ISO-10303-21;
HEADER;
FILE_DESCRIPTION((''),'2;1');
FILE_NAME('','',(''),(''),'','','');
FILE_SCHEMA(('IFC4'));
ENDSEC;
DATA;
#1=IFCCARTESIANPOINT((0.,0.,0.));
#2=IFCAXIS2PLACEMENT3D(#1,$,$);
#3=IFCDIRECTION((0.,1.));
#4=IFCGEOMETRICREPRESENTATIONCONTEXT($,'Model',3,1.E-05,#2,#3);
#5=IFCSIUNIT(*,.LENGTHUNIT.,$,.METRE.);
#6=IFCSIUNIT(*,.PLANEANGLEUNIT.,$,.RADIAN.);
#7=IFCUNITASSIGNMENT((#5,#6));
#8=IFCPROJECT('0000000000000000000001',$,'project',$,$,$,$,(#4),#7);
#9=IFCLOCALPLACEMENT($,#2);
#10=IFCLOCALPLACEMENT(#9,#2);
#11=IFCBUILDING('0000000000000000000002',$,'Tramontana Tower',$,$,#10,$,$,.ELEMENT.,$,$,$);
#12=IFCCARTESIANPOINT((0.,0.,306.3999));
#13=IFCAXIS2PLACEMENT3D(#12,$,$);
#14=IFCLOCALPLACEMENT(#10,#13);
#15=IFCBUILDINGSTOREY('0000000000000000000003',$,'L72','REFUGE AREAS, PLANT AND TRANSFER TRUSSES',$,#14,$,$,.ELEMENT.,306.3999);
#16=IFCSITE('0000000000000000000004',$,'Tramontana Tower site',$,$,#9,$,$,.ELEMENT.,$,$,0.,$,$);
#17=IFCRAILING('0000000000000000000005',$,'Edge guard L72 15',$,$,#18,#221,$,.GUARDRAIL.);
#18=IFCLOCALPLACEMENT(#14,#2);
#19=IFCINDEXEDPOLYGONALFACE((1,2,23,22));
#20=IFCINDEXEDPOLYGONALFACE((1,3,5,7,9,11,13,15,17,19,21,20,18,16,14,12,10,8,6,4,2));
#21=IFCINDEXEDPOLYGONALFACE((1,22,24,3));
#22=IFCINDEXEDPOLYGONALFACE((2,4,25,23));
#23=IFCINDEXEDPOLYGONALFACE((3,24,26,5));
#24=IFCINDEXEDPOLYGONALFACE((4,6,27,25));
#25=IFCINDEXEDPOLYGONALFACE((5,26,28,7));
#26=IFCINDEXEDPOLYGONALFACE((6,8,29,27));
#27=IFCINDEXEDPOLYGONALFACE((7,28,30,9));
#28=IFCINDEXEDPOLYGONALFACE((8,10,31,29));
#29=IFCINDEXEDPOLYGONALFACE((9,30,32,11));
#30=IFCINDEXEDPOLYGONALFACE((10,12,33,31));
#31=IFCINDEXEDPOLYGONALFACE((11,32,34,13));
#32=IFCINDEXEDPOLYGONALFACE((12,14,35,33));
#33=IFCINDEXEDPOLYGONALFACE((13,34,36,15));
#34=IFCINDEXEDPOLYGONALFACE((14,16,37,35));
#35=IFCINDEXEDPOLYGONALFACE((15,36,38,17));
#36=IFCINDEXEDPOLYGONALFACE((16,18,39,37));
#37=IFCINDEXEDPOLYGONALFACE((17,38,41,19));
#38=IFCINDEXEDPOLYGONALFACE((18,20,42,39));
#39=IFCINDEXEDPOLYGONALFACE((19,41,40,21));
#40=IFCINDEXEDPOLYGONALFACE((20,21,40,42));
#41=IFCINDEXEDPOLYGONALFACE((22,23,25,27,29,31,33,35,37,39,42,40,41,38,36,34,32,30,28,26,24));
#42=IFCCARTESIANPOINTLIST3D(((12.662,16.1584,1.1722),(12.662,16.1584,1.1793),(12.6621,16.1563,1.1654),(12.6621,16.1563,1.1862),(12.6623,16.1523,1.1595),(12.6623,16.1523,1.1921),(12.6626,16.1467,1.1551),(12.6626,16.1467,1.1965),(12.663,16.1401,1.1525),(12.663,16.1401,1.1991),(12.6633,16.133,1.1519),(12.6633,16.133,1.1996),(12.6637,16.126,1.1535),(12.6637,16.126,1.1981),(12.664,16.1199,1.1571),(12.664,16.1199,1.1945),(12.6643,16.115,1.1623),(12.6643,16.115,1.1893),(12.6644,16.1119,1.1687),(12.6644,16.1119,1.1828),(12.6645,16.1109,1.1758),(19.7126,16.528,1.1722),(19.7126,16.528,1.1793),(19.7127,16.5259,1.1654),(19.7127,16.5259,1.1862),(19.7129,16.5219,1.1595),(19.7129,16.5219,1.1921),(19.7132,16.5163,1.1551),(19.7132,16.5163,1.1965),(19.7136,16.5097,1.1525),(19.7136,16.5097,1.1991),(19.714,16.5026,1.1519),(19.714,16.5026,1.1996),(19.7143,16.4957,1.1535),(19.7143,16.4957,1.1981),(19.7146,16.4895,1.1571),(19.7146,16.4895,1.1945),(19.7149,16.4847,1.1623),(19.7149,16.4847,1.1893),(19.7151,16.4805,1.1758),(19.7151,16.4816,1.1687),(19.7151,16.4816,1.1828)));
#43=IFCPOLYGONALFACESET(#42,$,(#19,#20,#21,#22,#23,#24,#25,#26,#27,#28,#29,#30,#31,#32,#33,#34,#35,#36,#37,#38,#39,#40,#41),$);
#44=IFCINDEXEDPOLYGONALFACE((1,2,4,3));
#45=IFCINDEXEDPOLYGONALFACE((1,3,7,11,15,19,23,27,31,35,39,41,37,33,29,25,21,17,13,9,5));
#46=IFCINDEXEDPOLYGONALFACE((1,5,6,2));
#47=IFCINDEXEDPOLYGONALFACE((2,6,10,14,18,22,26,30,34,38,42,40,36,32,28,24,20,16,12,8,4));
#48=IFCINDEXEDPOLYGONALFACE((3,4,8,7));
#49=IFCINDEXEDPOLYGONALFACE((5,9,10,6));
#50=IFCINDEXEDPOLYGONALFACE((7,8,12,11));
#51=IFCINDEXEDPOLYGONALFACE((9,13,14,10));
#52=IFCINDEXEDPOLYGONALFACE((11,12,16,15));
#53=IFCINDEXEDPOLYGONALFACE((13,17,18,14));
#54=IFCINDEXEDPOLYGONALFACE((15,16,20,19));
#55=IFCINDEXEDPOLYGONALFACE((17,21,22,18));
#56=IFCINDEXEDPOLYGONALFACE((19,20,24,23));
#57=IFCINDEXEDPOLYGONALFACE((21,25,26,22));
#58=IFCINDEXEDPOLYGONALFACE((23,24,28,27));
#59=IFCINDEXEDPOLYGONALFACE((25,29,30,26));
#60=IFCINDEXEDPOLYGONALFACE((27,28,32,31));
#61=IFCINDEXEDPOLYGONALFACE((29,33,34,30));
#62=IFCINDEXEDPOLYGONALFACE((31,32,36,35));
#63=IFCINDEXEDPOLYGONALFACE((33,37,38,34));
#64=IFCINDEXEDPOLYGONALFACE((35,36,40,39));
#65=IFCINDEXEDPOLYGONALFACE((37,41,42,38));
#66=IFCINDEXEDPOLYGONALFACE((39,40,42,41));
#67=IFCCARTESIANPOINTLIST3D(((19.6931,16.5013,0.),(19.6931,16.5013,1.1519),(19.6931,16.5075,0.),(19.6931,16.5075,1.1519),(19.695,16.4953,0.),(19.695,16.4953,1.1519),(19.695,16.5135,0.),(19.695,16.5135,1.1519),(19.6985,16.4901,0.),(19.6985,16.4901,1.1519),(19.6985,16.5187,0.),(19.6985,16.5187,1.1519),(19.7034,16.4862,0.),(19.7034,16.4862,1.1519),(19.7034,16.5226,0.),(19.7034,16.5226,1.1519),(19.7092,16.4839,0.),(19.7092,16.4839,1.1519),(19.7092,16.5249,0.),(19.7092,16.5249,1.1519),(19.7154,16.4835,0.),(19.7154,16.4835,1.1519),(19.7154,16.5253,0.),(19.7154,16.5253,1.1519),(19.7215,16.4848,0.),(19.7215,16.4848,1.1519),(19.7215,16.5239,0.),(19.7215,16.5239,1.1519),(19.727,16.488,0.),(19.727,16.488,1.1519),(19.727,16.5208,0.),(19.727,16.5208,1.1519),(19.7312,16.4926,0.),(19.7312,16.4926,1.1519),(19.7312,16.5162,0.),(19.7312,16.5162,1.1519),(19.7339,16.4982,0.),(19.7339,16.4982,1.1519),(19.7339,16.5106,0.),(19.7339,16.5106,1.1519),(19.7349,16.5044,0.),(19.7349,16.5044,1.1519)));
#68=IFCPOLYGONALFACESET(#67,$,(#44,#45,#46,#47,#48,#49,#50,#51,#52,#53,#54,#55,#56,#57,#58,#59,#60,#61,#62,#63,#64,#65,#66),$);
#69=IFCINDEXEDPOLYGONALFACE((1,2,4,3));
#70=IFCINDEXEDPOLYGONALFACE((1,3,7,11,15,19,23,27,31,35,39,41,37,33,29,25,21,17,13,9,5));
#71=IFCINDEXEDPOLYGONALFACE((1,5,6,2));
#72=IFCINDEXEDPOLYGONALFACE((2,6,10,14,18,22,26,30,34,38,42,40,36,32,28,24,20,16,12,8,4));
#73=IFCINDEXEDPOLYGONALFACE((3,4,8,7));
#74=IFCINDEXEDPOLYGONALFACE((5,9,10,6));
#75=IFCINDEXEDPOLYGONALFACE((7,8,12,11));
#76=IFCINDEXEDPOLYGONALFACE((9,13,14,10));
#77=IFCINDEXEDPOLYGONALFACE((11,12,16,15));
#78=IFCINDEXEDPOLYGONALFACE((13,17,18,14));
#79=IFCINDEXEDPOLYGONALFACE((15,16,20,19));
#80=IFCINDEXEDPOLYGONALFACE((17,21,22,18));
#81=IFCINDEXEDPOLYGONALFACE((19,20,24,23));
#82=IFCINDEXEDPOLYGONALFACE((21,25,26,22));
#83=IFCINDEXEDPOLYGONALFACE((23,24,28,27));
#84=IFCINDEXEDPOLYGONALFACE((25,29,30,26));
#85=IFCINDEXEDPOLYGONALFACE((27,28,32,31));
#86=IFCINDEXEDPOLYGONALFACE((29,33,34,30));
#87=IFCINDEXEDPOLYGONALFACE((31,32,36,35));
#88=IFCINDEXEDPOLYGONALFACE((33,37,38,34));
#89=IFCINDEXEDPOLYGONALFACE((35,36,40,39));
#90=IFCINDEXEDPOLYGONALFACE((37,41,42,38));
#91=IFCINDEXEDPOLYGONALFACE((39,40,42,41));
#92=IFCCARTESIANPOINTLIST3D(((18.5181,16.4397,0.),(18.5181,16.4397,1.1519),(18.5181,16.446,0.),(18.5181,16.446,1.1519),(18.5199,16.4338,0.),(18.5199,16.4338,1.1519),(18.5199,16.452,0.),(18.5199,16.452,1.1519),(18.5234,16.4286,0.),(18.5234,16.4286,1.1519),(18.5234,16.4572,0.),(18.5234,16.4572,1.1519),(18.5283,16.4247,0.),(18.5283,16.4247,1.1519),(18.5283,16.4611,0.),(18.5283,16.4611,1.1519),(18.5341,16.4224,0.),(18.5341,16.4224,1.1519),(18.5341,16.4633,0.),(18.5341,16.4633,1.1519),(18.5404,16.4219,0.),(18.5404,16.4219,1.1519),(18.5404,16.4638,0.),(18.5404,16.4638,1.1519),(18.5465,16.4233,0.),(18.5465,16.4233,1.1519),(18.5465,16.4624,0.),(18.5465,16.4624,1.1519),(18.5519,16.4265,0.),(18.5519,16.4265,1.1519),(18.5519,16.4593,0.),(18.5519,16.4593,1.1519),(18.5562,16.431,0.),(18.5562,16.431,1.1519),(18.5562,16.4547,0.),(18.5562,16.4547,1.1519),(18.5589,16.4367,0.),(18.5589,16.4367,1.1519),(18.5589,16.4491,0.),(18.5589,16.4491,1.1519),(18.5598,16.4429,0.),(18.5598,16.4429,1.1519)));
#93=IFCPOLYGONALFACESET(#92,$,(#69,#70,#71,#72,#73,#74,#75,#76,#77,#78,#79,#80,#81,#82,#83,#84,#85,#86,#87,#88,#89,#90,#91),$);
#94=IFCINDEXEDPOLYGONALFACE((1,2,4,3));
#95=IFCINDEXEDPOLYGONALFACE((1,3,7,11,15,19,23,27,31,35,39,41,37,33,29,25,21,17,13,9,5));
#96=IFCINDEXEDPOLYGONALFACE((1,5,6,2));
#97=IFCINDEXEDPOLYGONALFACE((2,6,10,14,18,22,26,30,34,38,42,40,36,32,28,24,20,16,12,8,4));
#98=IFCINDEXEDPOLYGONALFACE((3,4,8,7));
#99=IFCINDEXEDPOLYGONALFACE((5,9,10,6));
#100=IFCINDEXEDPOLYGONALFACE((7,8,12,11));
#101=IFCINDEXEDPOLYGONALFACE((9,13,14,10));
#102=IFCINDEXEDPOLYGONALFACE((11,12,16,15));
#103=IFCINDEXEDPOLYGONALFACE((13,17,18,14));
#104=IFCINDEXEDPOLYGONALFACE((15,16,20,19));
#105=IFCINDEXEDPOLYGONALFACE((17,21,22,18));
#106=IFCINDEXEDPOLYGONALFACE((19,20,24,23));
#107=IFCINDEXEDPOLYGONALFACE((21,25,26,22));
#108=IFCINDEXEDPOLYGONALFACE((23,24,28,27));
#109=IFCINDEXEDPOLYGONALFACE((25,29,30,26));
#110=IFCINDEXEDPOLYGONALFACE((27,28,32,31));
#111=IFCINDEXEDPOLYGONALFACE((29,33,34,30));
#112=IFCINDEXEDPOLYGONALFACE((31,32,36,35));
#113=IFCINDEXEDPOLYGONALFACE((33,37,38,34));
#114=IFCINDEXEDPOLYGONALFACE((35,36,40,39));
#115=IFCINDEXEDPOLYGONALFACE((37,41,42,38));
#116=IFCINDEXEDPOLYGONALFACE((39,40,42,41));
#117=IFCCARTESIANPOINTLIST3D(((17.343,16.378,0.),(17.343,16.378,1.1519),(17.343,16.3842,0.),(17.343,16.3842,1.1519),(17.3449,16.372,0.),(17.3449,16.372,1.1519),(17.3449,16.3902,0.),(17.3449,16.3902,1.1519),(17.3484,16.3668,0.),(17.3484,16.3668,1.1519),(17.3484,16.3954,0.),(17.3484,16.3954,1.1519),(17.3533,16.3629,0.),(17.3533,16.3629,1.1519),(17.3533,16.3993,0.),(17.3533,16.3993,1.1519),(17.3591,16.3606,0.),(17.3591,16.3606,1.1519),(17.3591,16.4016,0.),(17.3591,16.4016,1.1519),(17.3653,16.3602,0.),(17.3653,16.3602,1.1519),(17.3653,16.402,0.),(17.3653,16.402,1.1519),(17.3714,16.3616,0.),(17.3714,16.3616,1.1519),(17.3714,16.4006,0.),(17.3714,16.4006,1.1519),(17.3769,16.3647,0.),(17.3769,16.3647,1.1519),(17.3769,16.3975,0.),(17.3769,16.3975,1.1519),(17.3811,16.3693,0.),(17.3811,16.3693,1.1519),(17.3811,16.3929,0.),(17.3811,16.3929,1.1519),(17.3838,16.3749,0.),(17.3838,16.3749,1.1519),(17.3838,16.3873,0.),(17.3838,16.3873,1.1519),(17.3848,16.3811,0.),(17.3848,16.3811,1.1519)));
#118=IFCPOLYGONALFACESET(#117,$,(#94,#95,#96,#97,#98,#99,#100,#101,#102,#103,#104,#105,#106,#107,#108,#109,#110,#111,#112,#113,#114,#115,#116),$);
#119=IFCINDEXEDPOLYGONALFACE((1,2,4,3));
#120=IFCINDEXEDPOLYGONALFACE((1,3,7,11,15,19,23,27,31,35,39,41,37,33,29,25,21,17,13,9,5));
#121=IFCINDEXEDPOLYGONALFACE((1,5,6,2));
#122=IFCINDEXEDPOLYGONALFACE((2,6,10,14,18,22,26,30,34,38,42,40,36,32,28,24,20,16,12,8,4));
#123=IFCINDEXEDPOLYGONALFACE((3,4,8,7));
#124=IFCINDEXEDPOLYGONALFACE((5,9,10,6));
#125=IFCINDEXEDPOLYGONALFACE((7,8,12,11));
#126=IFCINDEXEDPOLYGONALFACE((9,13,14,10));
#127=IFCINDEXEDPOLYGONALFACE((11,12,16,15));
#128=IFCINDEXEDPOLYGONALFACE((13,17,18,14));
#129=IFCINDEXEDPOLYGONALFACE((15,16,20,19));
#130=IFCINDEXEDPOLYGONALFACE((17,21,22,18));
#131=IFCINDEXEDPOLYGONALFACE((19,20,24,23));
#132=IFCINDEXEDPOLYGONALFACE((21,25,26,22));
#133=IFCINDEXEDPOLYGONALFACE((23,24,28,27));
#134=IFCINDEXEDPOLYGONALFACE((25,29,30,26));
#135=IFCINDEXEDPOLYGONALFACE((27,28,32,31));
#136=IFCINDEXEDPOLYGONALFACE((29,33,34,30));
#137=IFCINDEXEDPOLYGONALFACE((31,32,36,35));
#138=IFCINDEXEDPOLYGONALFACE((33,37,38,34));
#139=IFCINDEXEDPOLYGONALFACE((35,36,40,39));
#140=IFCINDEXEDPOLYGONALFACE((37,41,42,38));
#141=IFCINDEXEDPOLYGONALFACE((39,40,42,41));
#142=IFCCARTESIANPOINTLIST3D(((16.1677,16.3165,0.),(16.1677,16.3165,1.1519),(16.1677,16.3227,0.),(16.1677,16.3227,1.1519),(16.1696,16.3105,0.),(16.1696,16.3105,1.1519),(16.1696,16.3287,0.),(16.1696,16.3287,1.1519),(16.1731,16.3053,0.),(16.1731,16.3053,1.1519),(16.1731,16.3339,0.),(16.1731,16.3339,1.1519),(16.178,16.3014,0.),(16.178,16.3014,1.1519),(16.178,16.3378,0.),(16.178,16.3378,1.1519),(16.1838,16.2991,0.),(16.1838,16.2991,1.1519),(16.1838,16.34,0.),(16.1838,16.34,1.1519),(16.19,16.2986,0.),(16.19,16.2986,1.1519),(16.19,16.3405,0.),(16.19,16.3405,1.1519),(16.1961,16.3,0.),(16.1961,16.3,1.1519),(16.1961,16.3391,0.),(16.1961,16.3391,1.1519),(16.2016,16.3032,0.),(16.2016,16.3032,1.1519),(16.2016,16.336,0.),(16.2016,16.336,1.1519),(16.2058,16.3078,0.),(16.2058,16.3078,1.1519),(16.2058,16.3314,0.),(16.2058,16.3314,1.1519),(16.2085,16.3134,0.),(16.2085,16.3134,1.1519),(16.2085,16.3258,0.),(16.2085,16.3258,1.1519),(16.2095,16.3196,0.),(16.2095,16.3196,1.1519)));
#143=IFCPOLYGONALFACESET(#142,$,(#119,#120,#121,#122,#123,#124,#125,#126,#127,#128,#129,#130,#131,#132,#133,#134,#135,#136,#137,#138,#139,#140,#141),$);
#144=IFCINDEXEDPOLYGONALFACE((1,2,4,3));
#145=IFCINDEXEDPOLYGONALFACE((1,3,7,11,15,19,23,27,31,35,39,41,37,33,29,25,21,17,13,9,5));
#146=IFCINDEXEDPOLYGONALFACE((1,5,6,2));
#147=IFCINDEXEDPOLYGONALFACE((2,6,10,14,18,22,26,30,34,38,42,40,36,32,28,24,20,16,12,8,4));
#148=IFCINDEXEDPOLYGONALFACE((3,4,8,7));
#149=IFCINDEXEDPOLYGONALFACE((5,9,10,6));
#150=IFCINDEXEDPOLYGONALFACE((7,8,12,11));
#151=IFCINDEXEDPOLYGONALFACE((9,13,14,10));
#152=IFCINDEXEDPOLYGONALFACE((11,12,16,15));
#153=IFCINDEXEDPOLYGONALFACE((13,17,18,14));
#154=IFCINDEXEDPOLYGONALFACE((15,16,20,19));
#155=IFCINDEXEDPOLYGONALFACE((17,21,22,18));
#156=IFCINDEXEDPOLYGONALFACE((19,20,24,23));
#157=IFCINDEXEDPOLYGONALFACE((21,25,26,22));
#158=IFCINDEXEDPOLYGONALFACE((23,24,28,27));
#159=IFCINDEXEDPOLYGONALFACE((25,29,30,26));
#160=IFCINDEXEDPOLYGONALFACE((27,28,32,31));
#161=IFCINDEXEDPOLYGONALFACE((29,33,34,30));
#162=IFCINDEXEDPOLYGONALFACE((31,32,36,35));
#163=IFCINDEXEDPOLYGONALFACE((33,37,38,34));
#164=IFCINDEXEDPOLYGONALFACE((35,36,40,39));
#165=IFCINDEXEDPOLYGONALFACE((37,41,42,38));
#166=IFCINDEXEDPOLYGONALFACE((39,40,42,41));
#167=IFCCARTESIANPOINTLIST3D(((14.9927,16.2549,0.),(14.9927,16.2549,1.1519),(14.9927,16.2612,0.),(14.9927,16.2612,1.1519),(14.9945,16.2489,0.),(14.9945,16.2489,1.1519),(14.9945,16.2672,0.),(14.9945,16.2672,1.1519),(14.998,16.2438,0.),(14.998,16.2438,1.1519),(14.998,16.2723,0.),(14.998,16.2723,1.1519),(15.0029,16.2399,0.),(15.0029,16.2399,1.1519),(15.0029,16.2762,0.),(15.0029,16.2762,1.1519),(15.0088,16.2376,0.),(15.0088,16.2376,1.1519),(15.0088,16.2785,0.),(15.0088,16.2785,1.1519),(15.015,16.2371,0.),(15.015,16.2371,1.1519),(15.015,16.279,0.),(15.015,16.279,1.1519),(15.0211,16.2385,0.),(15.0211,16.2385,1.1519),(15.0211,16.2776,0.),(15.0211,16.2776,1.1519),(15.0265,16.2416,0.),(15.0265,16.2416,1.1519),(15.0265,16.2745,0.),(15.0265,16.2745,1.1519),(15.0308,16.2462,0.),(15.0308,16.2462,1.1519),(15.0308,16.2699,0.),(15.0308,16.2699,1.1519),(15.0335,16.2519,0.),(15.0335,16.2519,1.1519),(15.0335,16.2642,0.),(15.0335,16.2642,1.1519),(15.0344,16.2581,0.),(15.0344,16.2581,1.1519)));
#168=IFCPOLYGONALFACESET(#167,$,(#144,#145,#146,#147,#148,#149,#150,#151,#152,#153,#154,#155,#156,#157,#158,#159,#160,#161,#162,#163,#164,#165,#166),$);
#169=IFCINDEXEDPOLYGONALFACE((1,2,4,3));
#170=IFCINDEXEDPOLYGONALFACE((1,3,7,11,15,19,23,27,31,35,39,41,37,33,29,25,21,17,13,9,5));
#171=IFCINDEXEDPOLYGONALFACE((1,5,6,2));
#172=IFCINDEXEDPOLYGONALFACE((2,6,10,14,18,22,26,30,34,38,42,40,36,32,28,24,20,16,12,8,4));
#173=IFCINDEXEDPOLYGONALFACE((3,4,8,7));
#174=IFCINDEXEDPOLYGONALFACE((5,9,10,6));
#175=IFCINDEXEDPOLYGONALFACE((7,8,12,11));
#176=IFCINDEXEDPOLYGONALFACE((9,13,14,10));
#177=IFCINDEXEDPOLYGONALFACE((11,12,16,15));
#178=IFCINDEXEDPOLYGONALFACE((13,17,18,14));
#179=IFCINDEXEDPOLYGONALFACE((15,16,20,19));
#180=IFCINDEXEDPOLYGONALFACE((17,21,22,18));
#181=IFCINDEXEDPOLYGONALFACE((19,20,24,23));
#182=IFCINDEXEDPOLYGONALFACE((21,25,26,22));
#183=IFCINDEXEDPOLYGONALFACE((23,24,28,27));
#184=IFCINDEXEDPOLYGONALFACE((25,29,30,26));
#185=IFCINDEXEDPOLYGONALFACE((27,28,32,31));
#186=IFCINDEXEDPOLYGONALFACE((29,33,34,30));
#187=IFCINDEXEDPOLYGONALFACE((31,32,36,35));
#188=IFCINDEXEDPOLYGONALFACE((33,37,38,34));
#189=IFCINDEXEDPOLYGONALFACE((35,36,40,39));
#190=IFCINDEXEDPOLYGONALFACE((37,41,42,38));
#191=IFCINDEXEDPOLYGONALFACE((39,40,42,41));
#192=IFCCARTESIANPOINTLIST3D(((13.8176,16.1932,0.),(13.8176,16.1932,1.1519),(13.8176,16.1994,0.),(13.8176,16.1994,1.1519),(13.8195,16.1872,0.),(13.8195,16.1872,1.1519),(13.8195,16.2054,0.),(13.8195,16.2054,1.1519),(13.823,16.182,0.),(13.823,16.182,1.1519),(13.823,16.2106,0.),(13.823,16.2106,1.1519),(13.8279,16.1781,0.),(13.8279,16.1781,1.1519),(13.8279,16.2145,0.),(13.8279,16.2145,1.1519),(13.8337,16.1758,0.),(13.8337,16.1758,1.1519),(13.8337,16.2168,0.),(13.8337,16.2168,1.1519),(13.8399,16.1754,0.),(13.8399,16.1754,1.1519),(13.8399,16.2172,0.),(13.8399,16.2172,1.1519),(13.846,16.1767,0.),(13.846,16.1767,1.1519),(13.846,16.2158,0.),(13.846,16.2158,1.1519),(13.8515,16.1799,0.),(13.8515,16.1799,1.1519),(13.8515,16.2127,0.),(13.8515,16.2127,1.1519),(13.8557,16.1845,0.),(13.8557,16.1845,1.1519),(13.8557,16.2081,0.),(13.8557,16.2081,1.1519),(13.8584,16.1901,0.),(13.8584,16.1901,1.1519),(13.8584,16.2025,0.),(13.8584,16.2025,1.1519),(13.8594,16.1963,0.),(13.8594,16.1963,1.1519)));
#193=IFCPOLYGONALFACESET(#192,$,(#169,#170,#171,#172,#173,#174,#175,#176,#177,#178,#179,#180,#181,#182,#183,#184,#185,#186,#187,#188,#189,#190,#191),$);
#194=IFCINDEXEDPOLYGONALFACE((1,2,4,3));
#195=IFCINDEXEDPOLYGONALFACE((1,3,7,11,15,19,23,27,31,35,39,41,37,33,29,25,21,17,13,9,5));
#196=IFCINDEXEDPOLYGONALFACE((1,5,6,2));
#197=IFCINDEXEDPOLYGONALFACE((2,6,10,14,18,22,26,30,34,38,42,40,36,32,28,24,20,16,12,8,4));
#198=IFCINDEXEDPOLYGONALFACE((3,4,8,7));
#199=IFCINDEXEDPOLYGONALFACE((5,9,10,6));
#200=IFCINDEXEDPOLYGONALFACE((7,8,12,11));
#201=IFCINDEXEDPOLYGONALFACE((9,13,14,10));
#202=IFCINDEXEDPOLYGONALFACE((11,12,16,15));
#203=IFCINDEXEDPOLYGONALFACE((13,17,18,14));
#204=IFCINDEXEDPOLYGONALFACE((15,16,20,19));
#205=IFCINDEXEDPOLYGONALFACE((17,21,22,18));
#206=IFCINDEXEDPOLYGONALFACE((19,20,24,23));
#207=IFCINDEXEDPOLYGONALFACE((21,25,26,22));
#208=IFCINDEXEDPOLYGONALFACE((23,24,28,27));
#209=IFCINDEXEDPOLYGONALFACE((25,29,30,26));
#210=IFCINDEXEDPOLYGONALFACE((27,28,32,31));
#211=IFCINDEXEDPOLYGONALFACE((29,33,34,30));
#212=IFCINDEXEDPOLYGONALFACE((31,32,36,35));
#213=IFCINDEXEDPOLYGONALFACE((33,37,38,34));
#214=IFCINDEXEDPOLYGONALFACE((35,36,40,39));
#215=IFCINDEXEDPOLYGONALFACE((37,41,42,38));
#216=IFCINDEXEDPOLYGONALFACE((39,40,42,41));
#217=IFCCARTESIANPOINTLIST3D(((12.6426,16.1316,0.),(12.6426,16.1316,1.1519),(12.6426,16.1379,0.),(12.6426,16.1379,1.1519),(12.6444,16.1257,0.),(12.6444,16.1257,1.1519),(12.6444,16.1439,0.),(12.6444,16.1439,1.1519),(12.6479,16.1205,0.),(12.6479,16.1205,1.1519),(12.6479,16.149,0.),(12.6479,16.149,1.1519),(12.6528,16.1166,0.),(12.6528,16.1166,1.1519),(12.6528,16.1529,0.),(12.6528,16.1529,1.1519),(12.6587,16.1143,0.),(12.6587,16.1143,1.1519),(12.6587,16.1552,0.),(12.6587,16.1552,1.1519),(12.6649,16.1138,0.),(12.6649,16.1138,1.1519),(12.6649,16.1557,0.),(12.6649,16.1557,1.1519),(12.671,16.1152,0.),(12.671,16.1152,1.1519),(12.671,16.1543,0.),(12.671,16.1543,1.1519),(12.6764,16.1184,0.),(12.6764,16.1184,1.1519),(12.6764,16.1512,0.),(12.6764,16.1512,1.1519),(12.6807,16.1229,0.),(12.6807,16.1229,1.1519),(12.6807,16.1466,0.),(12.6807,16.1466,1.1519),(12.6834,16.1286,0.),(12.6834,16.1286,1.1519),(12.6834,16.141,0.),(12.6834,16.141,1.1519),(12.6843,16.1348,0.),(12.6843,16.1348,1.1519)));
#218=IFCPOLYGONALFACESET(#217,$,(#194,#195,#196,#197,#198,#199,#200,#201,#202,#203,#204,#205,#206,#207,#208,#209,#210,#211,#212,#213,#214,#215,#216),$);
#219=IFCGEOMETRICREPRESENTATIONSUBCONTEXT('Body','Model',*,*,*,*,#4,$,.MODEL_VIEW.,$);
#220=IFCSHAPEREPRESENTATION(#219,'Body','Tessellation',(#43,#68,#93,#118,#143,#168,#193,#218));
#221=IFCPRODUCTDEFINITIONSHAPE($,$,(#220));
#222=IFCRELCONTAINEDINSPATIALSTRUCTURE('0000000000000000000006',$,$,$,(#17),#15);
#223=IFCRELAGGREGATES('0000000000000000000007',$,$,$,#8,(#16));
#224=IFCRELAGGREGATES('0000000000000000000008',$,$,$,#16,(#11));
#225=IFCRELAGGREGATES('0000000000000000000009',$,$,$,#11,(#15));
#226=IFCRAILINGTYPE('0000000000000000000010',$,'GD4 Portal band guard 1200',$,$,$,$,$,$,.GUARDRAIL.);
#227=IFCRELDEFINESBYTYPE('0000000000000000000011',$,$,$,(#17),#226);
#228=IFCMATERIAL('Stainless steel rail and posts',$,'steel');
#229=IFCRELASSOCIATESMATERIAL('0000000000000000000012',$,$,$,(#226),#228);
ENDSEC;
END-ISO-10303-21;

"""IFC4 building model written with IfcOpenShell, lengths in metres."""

from ifc_helpers import new_model, si_unit, direction, frame, origin, origin_2d, place, context, subcontext, project, spatial, circle, extrude, material, type_object, element, save


model = new_model("IFC4")

# Units and contexts
model_context = context("Model", 3, precision=1e-05, world=origin(), true_north=direction((0.0, 1.0)))
body_context = subcontext(model_context, "Body", "Model", "MODEL_VIEW")
ifc_project = project(units=[si_unit("LENGTHUNIT", "METRE"), si_unit("PLANEANGLEUNIT", "RADIAN")], contexts=[model_context])

# Site, building, storey
site_placement = place(None, origin())
site = spatial("IfcSite", under=ifc_project, at=site_placement, Name="Tramontana Tower site", CompositionType="ELEMENT", RefElevation=0.0)
building_placement = place(site_placement, origin())
building = spatial("IfcBuilding", under=site, at=building_placement, Name="Tramontana Tower", CompositionType="ELEMENT")
storey_placement = place(building_placement, frame((0.0, 0.0, 306.3999)))
storey = spatial("IfcBuildingStorey", under=building, at=storey_placement, Name="L72", Description="REFUGE AREAS, PLANT AND TRANSFER TRUSSES", CompositionType="ELEMENT", Elevation=306.3999)

# Railing
ifc_material_1 = material(Name="Stainless steel rail and posts", Category="steel")
railing_type = type_object("IfcRailingType", Name="GD4 Portal band guard 1200", PredefinedType="GUARDRAIL", material=ifc_material_1)
railing_1_placement = place(storey_placement, frame((19.7139, 16.5044, 0.0)))
element("IfcRailing", 1, at=railing_1_placement, inside=storey, type_object=railing_type, Name="Edge guard L72 15", PredefinedType="GUARDRAIL", context=body_context, shape_type="SweptSolid", body=[
    extrude(circle(Radius=0.0239, at=origin_2d()), frame((0.0, 0.0, 1.1758), z_axis=(-0.998629, -0.052354, 0.0), x_axis=(0.052354, -0.998629, 0.0)), (0.0, 0.0, 1.0), 7.0603),
    extrude(circle(Radius=0.021, at=origin_2d()), origin(), (0.0, 0.0, 1.0), 1.1519),
    extrude(circle(Radius=0.021, at=origin_2d()), frame((-1.175, -0.0615, 0.0)), (0.0, 0.0, 1.0), 1.1519),
    extrude(circle(Radius=0.021, at=origin_2d()), frame((-2.3501, -0.1233, 0.0)), (0.0, 0.0, 1.0), 1.1519),
    extrude(circle(Radius=0.021, at=origin_2d()), frame((-3.5254, -0.1848, 0.0)), (0.0, 0.0, 1.0), 1.1519),
    extrude(circle(Radius=0.021, at=origin_2d()), frame((-4.7004, -0.2463, 0.0)), (0.0, 0.0, 1.0), 1.1519),
    extrude(circle(Radius=0.021, at=origin_2d()), frame((-5.8755, -0.3081, 0.0)), (0.0, 0.0, 1.0), 1.1519),
    extrude(circle(Radius=0.021, at=origin_2d()), frame((-7.0505, -0.3696, 0.0)), (0.0, 0.0, 1.0), 1.1519),
])

save(model, "model.ifc")
